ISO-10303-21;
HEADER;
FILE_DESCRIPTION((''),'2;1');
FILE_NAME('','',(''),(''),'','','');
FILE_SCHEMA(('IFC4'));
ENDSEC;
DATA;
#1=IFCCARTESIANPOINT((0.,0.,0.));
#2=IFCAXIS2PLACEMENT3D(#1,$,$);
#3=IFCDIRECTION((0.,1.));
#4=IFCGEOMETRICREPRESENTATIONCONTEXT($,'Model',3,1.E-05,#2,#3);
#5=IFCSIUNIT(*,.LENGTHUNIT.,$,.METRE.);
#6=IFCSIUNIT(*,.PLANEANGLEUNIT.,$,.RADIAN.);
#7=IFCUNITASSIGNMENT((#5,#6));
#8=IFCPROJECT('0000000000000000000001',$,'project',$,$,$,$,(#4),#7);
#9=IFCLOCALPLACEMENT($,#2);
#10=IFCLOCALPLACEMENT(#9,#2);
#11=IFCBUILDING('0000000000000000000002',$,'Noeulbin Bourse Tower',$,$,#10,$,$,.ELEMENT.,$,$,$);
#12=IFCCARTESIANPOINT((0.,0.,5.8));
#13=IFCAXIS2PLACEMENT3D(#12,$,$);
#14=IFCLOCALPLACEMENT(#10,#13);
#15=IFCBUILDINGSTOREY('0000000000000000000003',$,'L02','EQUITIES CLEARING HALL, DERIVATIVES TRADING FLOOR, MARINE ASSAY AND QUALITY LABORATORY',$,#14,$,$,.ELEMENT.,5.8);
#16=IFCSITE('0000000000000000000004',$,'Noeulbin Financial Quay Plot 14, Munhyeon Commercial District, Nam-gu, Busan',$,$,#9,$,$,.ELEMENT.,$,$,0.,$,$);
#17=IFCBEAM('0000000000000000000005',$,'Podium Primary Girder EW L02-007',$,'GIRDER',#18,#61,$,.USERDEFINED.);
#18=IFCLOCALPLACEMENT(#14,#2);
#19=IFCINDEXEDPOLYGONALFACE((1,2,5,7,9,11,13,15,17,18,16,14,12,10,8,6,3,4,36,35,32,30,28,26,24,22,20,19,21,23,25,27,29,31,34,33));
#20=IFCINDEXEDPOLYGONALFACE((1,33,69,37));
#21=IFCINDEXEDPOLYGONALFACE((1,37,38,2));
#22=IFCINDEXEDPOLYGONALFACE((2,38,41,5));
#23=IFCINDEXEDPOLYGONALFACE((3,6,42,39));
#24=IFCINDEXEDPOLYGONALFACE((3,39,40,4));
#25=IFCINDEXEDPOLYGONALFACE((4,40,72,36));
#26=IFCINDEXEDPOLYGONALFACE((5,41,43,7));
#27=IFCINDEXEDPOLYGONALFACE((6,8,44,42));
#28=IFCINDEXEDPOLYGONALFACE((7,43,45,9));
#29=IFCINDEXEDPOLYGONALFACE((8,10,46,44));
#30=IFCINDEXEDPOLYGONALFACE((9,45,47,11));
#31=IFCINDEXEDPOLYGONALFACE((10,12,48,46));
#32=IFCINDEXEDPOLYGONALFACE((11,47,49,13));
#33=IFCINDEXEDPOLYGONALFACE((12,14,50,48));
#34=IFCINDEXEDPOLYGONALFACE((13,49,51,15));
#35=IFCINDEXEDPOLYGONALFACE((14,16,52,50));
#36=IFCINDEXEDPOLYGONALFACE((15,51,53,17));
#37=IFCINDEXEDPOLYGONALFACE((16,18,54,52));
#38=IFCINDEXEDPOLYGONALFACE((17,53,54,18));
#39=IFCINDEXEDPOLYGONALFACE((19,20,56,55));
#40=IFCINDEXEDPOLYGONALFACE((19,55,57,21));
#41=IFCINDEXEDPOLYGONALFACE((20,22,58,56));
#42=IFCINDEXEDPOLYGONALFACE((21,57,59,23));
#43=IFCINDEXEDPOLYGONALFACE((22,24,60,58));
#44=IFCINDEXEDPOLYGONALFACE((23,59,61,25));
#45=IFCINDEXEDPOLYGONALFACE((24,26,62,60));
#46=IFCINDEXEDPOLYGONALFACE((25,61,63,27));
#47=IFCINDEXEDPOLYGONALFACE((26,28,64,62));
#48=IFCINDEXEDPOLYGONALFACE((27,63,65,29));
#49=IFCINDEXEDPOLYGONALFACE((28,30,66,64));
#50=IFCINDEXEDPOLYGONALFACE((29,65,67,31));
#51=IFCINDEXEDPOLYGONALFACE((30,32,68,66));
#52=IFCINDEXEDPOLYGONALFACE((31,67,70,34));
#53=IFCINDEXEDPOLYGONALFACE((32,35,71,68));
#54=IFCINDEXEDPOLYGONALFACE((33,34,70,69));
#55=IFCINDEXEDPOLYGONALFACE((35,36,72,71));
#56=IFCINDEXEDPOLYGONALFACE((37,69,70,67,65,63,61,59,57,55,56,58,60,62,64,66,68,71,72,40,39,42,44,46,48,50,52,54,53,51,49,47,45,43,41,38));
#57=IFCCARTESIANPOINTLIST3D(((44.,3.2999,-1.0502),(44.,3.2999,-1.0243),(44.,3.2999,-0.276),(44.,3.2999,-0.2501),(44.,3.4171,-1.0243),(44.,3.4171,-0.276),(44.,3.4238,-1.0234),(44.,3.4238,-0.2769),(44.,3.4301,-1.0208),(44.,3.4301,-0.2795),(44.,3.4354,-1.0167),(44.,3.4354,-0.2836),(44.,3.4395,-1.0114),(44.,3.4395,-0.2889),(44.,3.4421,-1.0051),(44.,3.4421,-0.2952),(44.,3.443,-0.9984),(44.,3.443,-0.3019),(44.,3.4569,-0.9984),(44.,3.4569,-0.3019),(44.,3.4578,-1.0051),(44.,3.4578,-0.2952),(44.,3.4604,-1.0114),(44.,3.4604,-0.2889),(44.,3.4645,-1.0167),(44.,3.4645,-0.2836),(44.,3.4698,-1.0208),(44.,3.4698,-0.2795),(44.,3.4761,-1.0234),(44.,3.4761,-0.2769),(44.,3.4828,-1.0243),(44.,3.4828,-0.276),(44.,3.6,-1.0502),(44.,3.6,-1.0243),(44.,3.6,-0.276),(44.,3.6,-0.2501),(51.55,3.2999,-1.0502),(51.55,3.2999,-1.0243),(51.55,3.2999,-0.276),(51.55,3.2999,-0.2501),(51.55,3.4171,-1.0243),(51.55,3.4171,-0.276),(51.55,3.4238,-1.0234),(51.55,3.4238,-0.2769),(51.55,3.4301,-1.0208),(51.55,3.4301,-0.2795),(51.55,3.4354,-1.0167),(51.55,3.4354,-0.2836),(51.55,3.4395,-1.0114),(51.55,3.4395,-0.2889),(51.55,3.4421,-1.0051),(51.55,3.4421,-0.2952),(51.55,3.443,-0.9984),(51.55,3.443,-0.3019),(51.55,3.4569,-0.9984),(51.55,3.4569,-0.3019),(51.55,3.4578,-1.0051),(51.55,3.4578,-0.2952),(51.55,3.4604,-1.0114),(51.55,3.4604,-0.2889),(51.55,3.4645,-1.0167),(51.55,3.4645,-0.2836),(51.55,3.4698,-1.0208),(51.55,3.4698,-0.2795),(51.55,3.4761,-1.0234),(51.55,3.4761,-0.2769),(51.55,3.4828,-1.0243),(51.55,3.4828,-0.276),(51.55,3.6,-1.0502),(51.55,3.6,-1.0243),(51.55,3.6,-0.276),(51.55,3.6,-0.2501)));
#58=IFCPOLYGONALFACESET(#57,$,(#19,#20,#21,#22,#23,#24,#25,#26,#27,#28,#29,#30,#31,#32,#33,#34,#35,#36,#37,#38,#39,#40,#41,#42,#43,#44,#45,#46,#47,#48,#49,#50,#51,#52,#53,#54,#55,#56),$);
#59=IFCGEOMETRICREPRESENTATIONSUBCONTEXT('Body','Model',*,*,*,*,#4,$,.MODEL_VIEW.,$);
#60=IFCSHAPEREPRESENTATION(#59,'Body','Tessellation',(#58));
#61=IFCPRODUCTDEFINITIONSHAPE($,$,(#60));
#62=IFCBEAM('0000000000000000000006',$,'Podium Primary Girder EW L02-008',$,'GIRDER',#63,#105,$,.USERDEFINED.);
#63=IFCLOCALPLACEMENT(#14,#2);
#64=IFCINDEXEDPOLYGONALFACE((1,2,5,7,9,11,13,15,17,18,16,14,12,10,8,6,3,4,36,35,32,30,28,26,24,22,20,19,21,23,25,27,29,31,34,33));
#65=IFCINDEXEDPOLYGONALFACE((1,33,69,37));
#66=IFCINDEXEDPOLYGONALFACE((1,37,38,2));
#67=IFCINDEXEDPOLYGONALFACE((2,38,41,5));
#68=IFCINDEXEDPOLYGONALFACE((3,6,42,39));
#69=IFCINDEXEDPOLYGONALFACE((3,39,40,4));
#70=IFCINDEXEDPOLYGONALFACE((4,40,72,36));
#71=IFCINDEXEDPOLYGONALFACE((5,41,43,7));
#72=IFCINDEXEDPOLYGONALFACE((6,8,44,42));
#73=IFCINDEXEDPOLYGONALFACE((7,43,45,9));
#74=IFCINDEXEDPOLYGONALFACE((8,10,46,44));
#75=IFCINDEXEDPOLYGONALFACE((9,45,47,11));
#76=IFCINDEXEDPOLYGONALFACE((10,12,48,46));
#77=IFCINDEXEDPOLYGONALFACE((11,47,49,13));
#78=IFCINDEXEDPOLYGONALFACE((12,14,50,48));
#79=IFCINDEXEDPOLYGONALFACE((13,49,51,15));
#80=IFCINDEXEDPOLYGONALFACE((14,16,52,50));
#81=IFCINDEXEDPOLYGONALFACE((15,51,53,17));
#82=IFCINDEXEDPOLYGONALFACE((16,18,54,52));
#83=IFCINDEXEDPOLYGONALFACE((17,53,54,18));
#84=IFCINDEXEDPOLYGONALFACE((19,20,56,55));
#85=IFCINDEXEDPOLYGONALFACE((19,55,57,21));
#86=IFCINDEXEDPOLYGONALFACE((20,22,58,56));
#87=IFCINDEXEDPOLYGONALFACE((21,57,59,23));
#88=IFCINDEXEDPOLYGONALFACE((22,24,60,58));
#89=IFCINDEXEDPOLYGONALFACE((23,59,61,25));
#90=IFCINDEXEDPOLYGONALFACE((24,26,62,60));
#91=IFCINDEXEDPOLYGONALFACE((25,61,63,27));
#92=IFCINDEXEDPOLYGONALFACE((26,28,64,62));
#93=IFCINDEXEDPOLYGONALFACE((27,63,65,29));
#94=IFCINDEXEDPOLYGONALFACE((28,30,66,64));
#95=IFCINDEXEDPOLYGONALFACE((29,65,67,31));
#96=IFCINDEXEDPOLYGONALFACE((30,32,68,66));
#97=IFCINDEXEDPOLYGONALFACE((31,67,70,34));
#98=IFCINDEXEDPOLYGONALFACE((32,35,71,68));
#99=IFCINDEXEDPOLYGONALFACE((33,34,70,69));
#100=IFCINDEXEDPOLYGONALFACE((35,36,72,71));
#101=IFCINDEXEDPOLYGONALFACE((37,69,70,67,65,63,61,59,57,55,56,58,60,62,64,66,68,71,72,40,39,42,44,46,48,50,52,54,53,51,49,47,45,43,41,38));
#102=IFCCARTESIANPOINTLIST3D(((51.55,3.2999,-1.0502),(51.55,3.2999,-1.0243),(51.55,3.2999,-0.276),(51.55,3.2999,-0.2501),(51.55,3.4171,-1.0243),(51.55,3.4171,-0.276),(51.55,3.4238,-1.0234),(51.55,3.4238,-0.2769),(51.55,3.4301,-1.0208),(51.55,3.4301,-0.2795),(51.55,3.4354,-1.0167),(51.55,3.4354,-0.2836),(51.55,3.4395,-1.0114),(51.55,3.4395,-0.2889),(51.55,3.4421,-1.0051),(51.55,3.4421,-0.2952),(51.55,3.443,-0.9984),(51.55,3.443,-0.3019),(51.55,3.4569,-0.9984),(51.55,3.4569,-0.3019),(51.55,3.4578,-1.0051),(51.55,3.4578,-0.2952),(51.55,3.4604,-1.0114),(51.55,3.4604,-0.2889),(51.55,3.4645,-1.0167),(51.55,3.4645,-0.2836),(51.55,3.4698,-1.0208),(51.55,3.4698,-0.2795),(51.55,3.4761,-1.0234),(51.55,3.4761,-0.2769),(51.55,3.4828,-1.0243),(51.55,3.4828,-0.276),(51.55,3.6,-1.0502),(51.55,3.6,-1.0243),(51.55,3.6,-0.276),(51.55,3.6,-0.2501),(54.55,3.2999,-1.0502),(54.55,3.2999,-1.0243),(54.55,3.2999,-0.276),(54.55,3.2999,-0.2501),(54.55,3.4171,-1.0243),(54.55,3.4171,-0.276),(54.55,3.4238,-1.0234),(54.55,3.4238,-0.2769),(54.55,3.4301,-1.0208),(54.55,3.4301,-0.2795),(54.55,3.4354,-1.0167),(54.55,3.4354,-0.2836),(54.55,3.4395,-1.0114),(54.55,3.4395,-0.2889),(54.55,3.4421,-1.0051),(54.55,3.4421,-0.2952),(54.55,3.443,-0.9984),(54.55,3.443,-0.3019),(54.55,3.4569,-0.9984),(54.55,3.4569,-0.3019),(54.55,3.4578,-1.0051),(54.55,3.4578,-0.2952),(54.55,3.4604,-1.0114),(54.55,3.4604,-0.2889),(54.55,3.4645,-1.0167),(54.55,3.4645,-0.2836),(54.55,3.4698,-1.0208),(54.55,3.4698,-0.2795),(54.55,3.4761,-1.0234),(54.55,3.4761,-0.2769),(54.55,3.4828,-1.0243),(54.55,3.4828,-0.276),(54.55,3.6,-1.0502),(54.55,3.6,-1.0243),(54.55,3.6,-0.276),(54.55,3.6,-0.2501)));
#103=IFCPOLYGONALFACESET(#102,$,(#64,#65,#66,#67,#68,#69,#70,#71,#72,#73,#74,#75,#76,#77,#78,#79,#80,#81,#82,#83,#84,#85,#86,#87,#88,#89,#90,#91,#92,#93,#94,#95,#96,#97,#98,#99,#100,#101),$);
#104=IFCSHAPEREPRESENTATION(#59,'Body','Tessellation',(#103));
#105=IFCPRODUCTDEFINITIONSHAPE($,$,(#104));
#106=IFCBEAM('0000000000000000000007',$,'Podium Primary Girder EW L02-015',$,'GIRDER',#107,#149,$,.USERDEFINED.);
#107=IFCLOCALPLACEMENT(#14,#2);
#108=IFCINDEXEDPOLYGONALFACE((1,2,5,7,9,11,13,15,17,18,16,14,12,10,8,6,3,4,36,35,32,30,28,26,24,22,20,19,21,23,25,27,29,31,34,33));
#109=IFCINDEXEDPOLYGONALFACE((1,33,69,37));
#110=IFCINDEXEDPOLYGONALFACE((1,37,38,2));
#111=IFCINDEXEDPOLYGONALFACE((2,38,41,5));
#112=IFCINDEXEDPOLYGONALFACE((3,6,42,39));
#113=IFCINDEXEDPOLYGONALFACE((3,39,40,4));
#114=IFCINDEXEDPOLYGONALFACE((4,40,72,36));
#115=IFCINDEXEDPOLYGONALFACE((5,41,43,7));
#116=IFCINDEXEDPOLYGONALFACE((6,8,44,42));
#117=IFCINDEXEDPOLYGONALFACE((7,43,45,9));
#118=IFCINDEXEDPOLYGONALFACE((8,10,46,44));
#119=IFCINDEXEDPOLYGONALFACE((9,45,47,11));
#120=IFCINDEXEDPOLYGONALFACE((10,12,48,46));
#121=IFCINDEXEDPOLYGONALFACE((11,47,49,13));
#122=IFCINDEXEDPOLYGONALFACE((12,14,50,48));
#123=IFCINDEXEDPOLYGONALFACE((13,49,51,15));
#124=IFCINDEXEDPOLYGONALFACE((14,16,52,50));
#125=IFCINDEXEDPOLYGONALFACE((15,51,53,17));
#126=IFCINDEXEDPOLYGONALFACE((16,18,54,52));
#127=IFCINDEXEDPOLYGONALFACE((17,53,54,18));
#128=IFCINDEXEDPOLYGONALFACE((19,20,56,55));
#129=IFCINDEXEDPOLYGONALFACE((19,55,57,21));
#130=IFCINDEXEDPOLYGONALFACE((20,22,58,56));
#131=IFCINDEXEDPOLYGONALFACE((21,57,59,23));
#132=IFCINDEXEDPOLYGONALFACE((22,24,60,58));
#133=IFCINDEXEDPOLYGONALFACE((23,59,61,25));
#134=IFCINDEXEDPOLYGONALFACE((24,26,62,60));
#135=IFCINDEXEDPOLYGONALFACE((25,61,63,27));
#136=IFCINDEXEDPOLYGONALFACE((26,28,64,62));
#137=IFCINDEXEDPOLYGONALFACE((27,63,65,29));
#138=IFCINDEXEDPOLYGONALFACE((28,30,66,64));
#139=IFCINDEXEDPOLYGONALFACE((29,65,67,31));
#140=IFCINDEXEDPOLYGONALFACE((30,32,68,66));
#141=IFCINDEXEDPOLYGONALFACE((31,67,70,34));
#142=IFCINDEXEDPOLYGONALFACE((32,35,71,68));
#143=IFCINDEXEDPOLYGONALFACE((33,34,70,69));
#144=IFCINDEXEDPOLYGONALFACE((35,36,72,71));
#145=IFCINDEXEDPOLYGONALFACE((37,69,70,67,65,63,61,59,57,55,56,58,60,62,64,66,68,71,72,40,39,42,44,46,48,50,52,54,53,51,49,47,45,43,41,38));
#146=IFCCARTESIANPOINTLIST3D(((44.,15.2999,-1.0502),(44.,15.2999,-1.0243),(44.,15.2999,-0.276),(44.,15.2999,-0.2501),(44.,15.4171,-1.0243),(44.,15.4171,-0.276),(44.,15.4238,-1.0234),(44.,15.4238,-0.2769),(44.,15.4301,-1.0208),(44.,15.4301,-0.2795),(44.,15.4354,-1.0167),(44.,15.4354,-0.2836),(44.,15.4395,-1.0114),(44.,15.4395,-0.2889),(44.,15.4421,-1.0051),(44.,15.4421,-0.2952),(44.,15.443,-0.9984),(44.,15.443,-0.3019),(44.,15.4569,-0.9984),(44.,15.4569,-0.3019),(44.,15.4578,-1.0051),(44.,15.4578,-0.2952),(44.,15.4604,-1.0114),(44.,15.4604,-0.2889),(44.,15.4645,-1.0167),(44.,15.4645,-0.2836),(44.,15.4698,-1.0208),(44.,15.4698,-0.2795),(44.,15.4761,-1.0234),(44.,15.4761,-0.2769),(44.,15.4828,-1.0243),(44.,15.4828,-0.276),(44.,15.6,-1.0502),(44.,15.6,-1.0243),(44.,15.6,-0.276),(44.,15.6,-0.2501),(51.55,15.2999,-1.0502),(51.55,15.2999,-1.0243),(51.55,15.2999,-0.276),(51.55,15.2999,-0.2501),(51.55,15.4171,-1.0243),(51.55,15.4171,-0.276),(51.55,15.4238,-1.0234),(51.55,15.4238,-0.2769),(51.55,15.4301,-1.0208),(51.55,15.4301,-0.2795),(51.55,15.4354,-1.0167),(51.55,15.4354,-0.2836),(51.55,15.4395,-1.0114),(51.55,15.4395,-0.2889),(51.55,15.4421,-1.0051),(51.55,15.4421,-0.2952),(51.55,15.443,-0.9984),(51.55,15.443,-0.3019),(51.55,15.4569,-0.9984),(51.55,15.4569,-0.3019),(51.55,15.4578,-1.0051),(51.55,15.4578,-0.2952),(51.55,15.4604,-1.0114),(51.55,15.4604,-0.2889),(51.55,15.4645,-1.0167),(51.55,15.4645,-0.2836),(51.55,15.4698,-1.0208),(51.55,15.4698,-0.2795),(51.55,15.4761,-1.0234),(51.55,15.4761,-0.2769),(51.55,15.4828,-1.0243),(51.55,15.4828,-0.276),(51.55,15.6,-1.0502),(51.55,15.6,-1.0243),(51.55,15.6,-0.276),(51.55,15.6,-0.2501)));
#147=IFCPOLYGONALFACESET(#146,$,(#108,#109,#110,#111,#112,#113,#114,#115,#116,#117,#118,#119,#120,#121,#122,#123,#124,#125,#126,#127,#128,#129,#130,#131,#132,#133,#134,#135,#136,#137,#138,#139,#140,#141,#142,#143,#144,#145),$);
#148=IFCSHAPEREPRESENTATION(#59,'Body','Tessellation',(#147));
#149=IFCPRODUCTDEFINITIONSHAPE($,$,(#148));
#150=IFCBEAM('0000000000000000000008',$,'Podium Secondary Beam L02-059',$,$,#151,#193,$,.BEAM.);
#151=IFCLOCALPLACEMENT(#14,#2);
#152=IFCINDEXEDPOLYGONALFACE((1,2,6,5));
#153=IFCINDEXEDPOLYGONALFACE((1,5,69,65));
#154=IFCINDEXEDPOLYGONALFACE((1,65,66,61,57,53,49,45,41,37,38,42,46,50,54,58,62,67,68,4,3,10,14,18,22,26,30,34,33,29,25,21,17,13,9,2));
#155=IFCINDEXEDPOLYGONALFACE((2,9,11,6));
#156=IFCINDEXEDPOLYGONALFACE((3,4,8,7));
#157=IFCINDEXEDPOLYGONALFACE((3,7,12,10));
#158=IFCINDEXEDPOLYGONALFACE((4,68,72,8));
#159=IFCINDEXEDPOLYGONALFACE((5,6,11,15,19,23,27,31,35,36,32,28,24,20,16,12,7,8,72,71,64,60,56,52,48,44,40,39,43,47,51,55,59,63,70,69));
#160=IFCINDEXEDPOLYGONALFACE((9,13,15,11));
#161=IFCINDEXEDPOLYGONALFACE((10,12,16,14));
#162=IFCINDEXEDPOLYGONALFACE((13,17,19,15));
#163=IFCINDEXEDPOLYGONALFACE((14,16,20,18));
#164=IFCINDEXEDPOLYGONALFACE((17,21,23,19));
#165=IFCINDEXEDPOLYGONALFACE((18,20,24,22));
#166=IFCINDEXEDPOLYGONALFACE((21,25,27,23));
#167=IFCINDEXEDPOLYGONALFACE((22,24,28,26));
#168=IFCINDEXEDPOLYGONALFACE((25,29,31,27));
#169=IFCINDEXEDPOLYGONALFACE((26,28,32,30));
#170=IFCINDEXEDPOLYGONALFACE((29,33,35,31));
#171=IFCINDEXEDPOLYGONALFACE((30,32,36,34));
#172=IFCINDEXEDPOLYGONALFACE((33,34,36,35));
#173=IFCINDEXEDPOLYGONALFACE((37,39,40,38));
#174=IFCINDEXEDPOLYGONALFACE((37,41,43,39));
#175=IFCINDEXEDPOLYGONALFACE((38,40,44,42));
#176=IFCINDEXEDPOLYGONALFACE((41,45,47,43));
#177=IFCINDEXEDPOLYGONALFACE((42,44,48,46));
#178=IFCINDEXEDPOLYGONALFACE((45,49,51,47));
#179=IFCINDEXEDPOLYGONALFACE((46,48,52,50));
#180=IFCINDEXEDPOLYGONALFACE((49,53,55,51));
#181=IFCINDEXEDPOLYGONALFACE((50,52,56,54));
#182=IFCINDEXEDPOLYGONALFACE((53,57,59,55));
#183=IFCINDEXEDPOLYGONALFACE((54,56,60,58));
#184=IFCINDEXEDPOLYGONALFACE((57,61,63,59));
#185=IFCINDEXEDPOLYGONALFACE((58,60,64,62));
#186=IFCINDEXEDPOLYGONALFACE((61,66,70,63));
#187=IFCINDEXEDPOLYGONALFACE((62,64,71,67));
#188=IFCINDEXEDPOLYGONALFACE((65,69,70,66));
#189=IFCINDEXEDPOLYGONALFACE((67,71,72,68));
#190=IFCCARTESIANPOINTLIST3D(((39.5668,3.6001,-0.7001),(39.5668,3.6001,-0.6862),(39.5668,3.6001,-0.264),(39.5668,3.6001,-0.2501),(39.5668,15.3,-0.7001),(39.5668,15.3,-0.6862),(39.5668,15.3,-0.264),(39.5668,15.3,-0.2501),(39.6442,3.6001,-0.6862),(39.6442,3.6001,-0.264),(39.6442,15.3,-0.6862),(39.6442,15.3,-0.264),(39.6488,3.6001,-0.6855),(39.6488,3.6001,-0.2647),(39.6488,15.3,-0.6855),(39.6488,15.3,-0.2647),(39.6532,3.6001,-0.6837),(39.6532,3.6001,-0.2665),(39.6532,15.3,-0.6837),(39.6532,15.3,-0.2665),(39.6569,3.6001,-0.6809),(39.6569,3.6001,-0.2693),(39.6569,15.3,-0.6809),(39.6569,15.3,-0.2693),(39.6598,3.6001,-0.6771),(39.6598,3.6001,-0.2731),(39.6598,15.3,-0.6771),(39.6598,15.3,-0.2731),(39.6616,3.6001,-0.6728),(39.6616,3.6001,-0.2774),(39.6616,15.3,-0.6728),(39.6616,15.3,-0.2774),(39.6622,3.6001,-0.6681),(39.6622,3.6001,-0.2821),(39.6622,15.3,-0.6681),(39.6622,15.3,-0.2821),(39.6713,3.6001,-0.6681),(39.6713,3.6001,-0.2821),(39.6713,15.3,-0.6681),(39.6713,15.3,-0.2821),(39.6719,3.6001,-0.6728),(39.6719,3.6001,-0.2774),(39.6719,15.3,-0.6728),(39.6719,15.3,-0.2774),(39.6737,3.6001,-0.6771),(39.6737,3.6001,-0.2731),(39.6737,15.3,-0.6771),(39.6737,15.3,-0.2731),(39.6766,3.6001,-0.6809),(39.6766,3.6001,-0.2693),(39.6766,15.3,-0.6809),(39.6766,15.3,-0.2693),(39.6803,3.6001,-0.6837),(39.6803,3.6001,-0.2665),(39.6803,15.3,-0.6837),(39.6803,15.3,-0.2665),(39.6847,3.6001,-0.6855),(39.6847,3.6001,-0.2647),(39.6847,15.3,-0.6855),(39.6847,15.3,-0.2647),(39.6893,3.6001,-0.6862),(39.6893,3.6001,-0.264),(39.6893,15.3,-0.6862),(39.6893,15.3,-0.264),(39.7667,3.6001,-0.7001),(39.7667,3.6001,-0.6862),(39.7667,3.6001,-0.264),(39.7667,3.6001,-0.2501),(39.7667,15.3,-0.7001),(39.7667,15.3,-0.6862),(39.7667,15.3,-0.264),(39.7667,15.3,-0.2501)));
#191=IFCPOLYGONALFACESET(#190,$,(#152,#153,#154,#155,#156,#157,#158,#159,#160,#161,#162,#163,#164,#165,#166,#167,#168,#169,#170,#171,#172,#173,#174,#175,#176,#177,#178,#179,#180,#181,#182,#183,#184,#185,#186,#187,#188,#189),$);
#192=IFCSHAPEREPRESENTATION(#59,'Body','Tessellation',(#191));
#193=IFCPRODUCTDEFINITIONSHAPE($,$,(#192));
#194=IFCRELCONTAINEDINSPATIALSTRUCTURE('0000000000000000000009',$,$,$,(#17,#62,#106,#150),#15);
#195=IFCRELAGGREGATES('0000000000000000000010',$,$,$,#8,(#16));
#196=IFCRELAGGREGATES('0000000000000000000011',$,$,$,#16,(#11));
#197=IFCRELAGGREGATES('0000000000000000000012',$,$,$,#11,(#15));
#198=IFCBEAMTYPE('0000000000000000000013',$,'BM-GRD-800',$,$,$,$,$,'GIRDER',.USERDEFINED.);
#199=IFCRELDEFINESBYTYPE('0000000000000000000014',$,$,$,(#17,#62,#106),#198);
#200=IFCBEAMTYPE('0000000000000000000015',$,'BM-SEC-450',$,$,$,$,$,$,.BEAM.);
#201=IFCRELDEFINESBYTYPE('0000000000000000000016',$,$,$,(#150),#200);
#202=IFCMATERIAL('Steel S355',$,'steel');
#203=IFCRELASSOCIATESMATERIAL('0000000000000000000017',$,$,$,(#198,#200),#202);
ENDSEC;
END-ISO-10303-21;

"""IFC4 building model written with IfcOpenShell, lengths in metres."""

from ifc_helpers import new_model, si_unit, direction, frame, origin, origin_2d, place, context, subcontext, project, spatial, i_section, extrude, material, material_profile, profile_set, type_object, element, save


model = new_model("IFC4")

# Units and contexts
model_context = context("Model", 3, precision=1e-05, world=origin(), true_north=direction((0.0, 1.0)))
body_context = subcontext(model_context, "Body", "Model", "MODEL_VIEW")
ifc_project = project(units=[si_unit("LENGTHUNIT", "METRE"), si_unit("PLANEANGLEUNIT", "RADIAN")], contexts=[model_context])

# Site, building, storey
site_placement = place(None, origin())
site = spatial("IfcSite", under=ifc_project, at=site_placement, Name="Noeulbin Financial Quay Plot 14, Munhyeon Commercial District, Nam-gu, Busan", CompositionType="ELEMENT", RefElevation=0.0)
building_placement = place(site_placement, origin())
building = spatial("IfcBuilding", under=site, at=building_placement, Name="Noeulbin Bourse Tower", CompositionType="ELEMENT")
storey_placement = place(building_placement, frame((0.0, 0.0, 5.8)))
storey = spatial("IfcBuildingStorey", under=building, at=storey_placement, Name="L02", Description="EQUITIES CLEARING HALL, DERIVATIVES TRADING FLOOR, MARINE ASSAY AND QUALITY LABORATORY", CompositionType="ELEMENT", Elevation=5.8)

# Beams
ifc_material_1 = material(Name="Steel S355", Category="steel")
ifc_material_profile_1 = material_profile(ifc_material_1, i_section(OverallWidth=0.3, OverallDepth=0.8, WebThickness=0.0139, FlangeThickness=0.0259, FilletRadius=0.0259, at=origin_2d()), Name="H-800x300x14x26", Category="LoadBearing")
ifc_profile_set_1 = profile_set([ifc_material_profile_1], Name="Steel S355")
beam_type_1 = type_object("IfcBeamType", Name="BM-GRD-800", ElementType="GIRDER", PredefinedType="USERDEFINED", material=ifc_profile_set_1)
beam_1_placement = place(storey_placement, frame((44.0, 3.45, -0.6501), z_axis=(1.0, 0.0, 0.0), x_axis=(0.0, 1.0, 0.0)))
element("IfcBeam", 1, at=beam_1_placement, inside=storey, type_object=beam_type_1, Name="Podium Primary Girder EW L02-007", ObjectType="GIRDER", PredefinedType="USERDEFINED", context=body_context, shape_type="SweptSolid", body=[
    extrude(i_section(OverallWidth=0.3, OverallDepth=0.8, WebThickness=0.0139, FlangeThickness=0.0259, FilletRadius=0.0259, at=origin_2d()), origin(), (0.0, 0.0, 1.0), 7.55),
])
beam_2_placement = place(storey_placement, frame((51.55, 3.45, -0.6501), z_axis=(1.0, 0.0, 0.0), x_axis=(0.0, 1.0, 0.0)))
element("IfcBeam", 2, at=beam_2_placement, inside=storey, type_object=beam_type_1, Name="Podium Primary Girder EW L02-008", ObjectType="GIRDER", PredefinedType="USERDEFINED", context=body_context, shape_type="SweptSolid", body=[
    extrude(i_section(OverallWidth=0.3, OverallDepth=0.8, WebThickness=0.0139, FlangeThickness=0.0259, FilletRadius=0.0259, at=origin_2d()), origin(), (0.0, 0.0, 1.0), 3.0),
])
beam_3_placement = place(storey_placement, frame((44.0, 15.45, -0.6501), z_axis=(1.0, 0.0, 0.0), x_axis=(0.0, 1.0, 0.0)))
element("IfcBeam", 3, at=beam_3_placement, inside=storey, type_object=beam_type_1, Name="Podium Primary Girder EW L02-015", ObjectType="GIRDER", PredefinedType="USERDEFINED", context=body_context, shape_type="SweptSolid", body=[
    extrude(i_section(OverallWidth=0.3, OverallDepth=0.8, WebThickness=0.0139, FlangeThickness=0.0259, FilletRadius=0.0259, at=origin_2d()), origin(), (0.0, 0.0, 1.0), 7.55),
])
ifc_material_profile_2 = material_profile(ifc_material_1, i_section(OverallWidth=0.2, OverallDepth=0.45, WebThickness=0.009, FlangeThickness=0.0139, FilletRadius=0.0181, at=origin_2d()), Name="H-450x200x9x14", Category="LoadBearing")
ifc_profile_set_2 = profile_set([ifc_material_profile_2], Name="Steel S355")
beam_type_2 = type_object("IfcBeamType", Name="BM-SEC-450", PredefinedType="BEAM", material=ifc_profile_set_2)
for number, where, z_axis, x_axis, name in (
    (4, (39.6667, 3.6001, -0.4751), (0.0, 1.0, 0.0), (-1.0, 0.0, 0.0), "Podium Secondary Beam L02-059"),
):
    element("IfcBeam", number, at=place(storey_placement, frame(where, z_axis=z_axis, x_axis=x_axis)), inside=storey, type_object=beam_type_2, Name=name, PredefinedType="BEAM", context=body_context, shape_type="SweptSolid", body=[
        extrude(i_section(OverallWidth=0.2, OverallDepth=0.45, WebThickness=0.009, FlangeThickness=0.0139, FilletRadius=0.0181, at=origin_2d()), origin(), (0.0, 0.0, 1.0), 11.7),
    ])

save(model, "model.ifc")
